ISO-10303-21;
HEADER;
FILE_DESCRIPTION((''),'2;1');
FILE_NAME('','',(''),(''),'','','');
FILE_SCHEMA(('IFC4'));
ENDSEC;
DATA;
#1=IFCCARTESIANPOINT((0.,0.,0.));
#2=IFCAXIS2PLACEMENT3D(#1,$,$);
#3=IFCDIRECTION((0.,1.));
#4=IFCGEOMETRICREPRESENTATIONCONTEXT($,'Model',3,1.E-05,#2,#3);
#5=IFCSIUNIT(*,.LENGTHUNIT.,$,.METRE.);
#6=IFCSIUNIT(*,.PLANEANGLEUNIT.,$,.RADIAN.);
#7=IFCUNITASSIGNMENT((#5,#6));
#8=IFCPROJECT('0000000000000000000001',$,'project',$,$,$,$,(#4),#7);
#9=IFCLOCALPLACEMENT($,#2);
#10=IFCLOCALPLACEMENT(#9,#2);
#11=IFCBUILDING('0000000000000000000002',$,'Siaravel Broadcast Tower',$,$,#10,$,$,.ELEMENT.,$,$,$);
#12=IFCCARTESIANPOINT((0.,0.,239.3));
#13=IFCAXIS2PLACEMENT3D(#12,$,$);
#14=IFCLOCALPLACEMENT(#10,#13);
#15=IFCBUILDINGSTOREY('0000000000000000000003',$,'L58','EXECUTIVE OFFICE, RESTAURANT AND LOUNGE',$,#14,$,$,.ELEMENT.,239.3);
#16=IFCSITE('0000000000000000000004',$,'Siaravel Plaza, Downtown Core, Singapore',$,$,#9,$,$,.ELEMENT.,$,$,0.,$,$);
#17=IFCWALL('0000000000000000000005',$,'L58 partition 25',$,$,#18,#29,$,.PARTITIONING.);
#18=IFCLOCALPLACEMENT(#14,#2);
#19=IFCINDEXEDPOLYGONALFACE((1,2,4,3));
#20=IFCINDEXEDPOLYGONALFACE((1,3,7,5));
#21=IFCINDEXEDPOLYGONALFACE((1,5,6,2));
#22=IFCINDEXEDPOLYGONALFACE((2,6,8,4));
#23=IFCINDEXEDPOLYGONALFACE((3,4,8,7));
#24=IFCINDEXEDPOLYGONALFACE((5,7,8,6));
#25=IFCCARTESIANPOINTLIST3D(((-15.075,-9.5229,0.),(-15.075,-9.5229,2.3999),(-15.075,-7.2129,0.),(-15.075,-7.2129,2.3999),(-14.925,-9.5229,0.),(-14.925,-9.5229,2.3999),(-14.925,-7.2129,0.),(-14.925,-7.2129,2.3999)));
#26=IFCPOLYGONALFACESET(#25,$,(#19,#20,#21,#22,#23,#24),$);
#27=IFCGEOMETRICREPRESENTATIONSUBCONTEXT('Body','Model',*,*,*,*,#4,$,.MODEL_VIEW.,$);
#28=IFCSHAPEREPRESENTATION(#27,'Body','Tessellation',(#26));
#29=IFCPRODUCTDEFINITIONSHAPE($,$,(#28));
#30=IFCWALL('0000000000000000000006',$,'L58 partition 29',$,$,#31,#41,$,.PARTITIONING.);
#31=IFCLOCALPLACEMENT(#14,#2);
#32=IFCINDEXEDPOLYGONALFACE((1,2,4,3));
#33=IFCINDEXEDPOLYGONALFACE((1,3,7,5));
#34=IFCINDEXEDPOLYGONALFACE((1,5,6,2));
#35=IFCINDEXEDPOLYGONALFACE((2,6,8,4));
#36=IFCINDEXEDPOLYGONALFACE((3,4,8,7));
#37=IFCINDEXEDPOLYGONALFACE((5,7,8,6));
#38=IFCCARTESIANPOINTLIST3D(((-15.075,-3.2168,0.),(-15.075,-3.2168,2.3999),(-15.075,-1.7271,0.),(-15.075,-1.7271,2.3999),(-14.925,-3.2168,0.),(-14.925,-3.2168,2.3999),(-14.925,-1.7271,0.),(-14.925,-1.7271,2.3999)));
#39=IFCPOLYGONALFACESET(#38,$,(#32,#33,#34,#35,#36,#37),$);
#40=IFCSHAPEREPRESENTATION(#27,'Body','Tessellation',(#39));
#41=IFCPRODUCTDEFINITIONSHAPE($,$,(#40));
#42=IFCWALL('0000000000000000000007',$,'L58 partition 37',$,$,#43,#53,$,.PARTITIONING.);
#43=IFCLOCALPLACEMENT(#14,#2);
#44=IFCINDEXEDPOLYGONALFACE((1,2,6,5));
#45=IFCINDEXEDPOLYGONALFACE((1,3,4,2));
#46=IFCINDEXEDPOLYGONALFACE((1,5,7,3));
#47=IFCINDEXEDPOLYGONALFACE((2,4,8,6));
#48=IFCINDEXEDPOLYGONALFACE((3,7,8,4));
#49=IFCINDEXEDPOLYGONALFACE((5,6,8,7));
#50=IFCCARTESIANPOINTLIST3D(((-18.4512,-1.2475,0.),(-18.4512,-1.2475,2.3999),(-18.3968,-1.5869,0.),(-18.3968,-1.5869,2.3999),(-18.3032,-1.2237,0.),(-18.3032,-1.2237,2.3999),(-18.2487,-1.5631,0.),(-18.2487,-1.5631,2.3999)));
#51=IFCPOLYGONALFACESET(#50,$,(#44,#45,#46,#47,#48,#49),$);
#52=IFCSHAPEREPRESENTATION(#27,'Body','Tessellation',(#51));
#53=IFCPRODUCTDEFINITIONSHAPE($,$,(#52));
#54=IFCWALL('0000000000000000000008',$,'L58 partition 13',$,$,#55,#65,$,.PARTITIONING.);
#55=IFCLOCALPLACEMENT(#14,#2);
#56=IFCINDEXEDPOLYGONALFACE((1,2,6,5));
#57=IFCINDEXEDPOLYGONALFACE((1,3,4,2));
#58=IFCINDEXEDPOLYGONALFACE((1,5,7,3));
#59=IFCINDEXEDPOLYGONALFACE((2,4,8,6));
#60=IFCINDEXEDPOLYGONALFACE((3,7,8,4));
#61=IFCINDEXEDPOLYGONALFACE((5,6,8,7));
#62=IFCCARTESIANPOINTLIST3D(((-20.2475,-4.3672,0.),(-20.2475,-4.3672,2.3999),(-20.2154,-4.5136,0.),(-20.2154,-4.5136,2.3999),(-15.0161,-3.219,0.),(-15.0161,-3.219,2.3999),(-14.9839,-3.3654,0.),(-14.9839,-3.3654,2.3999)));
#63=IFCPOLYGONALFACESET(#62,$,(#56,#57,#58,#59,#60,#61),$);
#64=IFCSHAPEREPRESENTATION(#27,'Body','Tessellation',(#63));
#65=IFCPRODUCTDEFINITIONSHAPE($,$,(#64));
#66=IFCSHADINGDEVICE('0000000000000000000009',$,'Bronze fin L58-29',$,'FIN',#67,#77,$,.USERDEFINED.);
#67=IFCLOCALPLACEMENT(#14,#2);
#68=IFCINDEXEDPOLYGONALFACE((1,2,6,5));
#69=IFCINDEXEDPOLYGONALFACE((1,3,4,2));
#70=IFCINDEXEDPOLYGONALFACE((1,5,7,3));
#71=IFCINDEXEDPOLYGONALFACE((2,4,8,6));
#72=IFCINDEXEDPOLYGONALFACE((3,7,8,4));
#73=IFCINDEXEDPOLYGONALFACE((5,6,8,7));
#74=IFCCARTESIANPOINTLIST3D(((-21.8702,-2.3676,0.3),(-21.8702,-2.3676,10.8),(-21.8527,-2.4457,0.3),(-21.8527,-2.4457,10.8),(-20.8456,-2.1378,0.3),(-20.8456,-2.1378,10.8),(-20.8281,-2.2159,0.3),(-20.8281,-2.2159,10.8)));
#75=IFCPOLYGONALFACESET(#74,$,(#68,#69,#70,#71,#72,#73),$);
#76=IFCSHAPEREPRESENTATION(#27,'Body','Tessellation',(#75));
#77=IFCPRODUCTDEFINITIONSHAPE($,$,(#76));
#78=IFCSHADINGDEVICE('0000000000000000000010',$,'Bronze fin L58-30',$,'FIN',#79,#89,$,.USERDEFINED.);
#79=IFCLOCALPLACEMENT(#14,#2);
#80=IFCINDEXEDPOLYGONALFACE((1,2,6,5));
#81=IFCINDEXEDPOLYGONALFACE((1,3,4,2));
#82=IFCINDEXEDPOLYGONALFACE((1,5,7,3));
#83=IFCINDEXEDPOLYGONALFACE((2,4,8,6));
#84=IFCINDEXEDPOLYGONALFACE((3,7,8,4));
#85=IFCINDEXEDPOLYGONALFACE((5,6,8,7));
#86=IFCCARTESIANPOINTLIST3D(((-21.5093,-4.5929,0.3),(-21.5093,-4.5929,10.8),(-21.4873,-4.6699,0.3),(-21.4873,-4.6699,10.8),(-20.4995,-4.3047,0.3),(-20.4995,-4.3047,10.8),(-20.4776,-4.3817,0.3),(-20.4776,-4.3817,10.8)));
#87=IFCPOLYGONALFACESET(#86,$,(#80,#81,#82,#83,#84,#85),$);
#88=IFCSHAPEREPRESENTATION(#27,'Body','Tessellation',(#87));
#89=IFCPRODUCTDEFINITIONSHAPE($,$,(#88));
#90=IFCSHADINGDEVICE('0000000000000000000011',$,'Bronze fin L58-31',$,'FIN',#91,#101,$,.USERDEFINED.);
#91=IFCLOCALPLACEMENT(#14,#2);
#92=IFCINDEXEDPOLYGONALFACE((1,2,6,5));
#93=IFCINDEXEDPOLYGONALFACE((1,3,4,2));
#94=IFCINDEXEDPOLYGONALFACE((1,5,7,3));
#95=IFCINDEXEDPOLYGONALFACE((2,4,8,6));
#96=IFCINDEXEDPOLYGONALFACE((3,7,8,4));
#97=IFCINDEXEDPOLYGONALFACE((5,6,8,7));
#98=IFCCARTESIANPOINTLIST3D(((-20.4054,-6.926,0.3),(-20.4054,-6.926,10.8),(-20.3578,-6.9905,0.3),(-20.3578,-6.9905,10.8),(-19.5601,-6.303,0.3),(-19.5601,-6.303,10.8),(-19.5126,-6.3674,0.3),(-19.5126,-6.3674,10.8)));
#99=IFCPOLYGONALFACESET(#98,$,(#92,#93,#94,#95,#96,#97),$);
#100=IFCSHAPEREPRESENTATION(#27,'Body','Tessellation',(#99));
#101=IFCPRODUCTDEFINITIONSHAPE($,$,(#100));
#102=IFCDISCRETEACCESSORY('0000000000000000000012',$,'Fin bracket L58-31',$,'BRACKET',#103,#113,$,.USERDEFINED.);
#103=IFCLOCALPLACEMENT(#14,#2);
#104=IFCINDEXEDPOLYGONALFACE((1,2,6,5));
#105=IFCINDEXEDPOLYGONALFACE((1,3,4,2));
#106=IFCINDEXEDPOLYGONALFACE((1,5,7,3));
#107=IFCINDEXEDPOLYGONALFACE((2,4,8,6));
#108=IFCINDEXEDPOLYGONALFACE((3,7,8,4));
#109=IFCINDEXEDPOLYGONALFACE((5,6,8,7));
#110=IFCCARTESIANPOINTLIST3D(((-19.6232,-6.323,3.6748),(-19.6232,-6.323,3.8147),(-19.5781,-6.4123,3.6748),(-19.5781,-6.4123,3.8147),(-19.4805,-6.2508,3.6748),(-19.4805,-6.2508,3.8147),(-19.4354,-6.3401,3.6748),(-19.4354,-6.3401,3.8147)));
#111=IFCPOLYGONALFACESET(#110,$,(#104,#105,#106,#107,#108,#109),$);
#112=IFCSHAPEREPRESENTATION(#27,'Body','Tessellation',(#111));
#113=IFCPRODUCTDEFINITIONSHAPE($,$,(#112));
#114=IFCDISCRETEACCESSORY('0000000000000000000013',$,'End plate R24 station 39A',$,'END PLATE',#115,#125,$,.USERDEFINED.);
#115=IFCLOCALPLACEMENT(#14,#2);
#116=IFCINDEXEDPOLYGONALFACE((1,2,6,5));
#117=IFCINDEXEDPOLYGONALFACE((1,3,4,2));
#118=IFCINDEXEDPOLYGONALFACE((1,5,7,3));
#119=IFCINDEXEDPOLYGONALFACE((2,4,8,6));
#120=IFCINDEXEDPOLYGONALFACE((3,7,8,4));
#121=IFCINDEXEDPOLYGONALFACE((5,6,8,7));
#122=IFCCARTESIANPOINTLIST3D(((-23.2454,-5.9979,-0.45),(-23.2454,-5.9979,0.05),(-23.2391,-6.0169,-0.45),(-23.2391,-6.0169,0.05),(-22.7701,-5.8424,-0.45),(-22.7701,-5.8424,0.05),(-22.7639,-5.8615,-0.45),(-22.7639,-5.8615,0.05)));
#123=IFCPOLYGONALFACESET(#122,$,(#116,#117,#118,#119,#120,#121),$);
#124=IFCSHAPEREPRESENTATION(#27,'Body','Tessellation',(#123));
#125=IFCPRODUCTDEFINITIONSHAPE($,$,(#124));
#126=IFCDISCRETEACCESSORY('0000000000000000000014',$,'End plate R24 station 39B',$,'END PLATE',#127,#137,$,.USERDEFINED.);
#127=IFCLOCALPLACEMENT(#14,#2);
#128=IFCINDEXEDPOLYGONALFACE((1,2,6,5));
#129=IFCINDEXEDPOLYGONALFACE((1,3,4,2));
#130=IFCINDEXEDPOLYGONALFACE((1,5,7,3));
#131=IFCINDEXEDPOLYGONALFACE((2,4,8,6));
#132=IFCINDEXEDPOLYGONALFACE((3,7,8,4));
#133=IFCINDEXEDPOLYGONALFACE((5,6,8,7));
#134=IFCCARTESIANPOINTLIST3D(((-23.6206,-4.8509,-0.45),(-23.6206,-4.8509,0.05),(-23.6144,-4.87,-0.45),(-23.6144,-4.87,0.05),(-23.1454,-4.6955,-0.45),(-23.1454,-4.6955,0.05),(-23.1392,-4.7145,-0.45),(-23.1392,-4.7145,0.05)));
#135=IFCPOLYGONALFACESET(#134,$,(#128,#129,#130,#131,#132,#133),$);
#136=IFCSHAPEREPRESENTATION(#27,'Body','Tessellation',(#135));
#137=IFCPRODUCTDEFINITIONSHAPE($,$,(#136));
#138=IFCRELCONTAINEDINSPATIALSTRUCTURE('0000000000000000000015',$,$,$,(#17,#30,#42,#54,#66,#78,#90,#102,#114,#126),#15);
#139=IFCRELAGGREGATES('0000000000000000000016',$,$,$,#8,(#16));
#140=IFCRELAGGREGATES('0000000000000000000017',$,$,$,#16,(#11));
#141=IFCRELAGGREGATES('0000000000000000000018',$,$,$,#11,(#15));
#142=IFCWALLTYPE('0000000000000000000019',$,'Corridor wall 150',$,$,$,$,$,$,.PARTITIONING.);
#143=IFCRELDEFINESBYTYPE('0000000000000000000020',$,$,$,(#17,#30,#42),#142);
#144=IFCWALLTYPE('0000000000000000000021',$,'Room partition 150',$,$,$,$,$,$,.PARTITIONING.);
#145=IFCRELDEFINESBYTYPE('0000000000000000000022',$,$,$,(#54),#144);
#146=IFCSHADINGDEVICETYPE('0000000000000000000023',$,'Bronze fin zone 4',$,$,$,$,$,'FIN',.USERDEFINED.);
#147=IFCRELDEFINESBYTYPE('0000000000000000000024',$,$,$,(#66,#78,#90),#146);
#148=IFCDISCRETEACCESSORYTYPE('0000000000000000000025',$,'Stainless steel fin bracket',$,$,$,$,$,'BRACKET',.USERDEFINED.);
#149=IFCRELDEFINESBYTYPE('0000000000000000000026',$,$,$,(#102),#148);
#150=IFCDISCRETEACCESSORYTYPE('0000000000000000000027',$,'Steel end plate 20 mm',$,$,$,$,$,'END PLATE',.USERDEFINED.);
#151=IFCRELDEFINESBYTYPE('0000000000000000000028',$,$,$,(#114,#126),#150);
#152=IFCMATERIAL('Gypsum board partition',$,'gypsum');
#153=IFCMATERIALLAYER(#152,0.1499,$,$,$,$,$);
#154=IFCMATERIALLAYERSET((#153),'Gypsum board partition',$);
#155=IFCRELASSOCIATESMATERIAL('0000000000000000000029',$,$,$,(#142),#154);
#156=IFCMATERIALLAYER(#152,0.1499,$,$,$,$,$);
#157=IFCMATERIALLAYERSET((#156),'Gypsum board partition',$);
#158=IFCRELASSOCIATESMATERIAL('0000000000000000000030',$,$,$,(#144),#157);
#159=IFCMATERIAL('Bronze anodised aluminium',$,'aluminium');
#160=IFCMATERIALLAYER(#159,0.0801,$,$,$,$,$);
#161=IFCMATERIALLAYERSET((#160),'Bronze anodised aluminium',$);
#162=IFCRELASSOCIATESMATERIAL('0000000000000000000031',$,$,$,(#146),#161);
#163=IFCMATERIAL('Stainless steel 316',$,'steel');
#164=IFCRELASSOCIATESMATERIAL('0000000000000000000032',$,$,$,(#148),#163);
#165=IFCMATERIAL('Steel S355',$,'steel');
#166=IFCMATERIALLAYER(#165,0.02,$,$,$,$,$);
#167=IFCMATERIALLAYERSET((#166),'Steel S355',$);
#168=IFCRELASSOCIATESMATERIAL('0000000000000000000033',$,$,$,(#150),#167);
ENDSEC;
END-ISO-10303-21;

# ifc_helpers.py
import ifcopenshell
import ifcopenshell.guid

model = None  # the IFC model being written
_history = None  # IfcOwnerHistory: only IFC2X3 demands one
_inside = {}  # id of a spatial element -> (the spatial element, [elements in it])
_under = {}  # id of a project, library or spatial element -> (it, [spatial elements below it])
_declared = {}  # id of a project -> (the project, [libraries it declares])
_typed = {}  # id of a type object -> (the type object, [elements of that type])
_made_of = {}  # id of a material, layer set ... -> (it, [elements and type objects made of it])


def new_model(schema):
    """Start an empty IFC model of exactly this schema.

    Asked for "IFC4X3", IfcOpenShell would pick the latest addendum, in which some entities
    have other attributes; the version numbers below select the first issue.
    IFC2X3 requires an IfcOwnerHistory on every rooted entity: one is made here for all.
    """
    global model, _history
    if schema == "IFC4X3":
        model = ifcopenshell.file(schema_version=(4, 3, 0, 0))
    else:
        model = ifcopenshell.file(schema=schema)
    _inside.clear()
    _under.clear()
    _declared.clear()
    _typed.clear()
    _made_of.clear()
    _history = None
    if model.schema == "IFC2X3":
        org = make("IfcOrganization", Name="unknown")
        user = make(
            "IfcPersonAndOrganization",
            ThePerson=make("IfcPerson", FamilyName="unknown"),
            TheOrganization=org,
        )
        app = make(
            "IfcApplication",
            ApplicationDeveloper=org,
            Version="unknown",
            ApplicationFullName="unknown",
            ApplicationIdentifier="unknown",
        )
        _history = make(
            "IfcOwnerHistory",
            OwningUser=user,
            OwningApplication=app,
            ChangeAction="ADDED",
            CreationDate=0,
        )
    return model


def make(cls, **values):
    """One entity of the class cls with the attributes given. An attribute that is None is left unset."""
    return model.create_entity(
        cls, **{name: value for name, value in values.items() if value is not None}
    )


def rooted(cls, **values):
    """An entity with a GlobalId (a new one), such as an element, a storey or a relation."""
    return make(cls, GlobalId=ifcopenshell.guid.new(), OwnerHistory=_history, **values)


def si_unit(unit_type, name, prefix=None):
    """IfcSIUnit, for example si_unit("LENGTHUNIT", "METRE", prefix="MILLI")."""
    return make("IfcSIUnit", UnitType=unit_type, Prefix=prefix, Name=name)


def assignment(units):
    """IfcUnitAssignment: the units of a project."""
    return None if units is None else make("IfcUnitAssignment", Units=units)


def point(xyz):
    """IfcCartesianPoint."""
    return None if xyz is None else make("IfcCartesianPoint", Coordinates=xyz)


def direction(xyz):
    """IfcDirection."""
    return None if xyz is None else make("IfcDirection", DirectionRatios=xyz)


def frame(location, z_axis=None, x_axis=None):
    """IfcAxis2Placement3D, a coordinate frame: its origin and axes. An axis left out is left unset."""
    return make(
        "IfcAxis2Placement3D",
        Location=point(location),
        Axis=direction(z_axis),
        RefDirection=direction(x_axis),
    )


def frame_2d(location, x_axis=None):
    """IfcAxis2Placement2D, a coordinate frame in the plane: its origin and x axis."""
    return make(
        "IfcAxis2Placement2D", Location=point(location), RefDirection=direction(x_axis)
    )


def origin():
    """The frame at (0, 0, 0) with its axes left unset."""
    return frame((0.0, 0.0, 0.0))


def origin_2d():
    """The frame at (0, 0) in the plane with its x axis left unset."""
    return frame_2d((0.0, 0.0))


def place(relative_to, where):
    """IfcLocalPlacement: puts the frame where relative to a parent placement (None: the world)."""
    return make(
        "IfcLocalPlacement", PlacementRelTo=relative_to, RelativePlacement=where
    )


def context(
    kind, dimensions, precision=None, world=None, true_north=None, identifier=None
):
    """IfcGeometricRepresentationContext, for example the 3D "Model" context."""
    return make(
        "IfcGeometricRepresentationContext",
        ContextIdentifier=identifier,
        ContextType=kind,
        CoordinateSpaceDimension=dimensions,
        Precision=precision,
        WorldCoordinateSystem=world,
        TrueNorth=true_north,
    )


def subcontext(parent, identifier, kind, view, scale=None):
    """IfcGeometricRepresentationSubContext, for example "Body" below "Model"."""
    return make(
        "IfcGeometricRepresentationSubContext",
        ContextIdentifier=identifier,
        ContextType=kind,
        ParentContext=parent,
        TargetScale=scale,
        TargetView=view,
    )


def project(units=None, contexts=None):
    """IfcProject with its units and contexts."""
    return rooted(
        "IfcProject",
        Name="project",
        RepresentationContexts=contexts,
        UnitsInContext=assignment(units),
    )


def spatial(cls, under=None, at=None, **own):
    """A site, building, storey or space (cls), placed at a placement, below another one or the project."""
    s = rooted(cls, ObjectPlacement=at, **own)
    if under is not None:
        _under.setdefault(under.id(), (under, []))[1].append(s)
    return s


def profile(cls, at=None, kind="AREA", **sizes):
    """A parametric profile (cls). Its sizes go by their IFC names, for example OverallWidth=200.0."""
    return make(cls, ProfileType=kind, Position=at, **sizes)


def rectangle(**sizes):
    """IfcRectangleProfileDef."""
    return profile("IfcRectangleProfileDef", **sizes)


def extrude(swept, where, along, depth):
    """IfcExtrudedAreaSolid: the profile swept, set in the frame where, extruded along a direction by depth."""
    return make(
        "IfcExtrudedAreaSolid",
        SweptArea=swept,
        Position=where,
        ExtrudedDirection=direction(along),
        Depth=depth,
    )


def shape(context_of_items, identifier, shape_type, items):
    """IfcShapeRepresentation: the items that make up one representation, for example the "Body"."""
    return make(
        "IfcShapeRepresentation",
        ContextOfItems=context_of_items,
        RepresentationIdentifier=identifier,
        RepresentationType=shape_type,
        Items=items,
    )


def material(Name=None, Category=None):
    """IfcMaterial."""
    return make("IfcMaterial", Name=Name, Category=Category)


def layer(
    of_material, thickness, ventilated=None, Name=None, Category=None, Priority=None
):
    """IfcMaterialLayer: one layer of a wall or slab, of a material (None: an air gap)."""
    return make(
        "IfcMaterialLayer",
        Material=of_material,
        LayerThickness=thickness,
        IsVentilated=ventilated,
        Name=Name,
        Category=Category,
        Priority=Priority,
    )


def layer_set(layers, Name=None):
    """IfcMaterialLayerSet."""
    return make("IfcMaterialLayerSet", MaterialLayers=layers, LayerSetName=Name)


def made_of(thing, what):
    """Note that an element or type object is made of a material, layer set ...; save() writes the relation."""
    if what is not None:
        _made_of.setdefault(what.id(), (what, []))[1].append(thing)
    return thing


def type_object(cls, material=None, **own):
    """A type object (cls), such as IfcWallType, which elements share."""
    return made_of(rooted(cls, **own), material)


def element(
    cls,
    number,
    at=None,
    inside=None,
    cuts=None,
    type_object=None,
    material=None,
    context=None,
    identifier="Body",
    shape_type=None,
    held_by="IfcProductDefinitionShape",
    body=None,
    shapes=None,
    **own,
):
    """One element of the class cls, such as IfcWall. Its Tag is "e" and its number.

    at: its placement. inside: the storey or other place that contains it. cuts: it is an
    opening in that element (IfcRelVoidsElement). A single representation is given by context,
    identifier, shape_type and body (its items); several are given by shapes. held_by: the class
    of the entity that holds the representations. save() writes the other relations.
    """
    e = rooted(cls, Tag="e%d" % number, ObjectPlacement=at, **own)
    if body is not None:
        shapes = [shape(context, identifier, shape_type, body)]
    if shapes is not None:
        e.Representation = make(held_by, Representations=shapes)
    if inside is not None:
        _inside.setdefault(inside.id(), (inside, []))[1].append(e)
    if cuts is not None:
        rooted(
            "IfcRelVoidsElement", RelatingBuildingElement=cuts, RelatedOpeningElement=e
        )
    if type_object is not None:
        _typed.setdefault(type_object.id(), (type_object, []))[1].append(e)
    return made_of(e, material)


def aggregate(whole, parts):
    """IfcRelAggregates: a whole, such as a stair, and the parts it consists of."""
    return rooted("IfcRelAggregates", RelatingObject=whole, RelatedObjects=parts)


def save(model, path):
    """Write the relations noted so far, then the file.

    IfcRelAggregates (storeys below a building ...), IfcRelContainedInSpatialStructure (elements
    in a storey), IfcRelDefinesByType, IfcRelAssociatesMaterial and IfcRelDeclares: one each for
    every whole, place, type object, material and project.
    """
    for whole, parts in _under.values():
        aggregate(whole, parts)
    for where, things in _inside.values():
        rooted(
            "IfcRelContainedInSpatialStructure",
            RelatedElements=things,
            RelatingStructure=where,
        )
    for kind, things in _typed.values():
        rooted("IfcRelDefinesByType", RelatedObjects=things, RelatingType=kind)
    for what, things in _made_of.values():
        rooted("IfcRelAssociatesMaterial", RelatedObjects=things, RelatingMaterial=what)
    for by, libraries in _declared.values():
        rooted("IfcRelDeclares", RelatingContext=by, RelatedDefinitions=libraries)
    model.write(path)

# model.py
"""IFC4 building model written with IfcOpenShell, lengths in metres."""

from ifc_helpers import new_model, si_unit, direction, frame, frame_2d, origin, origin_2d, place, context, subcontext, project, spatial, rectangle, extrude, material, layer, layer_set, type_object, element, save


model = new_model("IFC4")

# Units and contexts
model_context = context("Model", 3, precision=1e-05, world=origin(), true_north=direction((0.0, 1.0)))
body_context = subcontext(model_context, "Body", "Model", "MODEL_VIEW")
ifc_project = project(units=[si_unit("LENGTHUNIT", "METRE"), si_unit("PLANEANGLEUNIT", "RADIAN")], contexts=[model_context])

# Site, building, storey
site_placement = place(None, origin())
site = spatial("IfcSite", under=ifc_project, at=site_placement, Name="Siaravel Plaza, Downtown Core, Singapore", CompositionType="ELEMENT", RefElevation=0.0)
building_placement = place(site_placement, origin())
building = spatial("IfcBuilding", under=site, at=building_placement, Name="Siaravel Broadcast Tower", CompositionType="ELEMENT")
storey_placement = place(building_placement, frame((0.0, 0.0, 239.3)))
storey = spatial("IfcBuildingStorey", under=building, at=storey_placement, Name="L58", Description="EXECUTIVE OFFICE, RESTAURANT AND LOUNGE", CompositionType="ELEMENT", Elevation=239.3)

# Shared definitions
ifc_material_1 = material(Name="Steel S355", Category="steel")

# Shared definitions
ifc_material_2 = material(Name="Gypsum board partition", Category="gypsum")
ifc_layer_1 = layer(ifc_material_2, 0.1499)
ifc_layer_set_1 = layer_set([ifc_layer_1], Name="Gypsum board partition")
wall_type_1 = type_object("IfcWallType", Name="Corridor wall 150", PredefinedType="PARTITIONING", material=ifc_layer_set_1)

# Walls
wall_1_placement = place(storey_placement, frame((-15.0, -7.2129, 0.0), z_axis=(0.0, 0.0, 1.0), x_axis=(0.0, -1.0, 0.0)))
element("IfcWall", 1, at=wall_1_placement, inside=storey, type_object=wall_type_1, Name="L58 partition 25", PredefinedType="PARTITIONING", context=body_context, shape_type="SweptSolid", body=[
    extrude(rectangle(XDim=2.3101, YDim=0.1499, at=frame_2d((1.155, 0.0))), origin(), (0.0, 0.0, 1.0), 2.3999),
])
wall_2_placement = place(storey_placement, frame((-15.0, -1.7271, 0.0), z_axis=(0.0, 0.0, 1.0), x_axis=(0.0, -1.0, 0.0)))
element("IfcWall", 2, at=wall_2_placement, inside=storey, type_object=wall_type_1, Name="L58 partition 29", PredefinedType="PARTITIONING", context=body_context, shape_type="SweptSolid", body=[
    extrude(rectangle(XDim=1.4897, YDim=0.1499, at=frame_2d((0.7449, 0.0))), origin(), (0.0, 0.0, 1.0), 2.3999),
])
wall_3_placement = place(storey_placement, frame((-18.3772, -1.2356, 0.0), z_axis=(0.0, 0.0, 1.0), x_axis=(0.158406, -0.987374, 0.0)))
element("IfcWall", 3, at=wall_3_placement, inside=storey, type_object=wall_type_1, Name="L58 partition 37", PredefinedType="PARTITIONING", context=body_context, shape_type="SweptSolid", body=[
    extrude(rectangle(XDim=0.3438, YDim=0.1499, at=frame_2d((0.1719, 0.0))), origin(), (0.0, 0.0, 1.0), 2.3999),
])
ifc_layer_2 = layer(ifc_material_2, 0.1499)
ifc_layer_set_2 = layer_set([ifc_layer_2], Name="Gypsum board partition")
wall_type_2 = type_object("IfcWallType", Name="Room partition 150", PredefinedType="PARTITIONING", material=ifc_layer_set_2)
wall_4_placement = place(storey_placement, frame((-20.2314, -4.4404, 0.0), z_axis=(0.0, 0.0, 1.0), x_axis=(0.976751, 0.214377, 0.0)))
element("IfcWall", 4, at=wall_4_placement, inside=storey, type_object=wall_type_2, Name="L58 partition 13", PredefinedType="PARTITIONING", context=body_context, shape_type="SweptSolid", body=[
    extrude(rectangle(XDim=5.356, YDim=0.1499, at=frame_2d((2.678, 0.0))), origin(), (0.0, 0.0, 1.0), 2.3999),
])

# Shading devices
ifc_material_3 = material(Name="Bronze anodised aluminium", Category="aluminium")
ifc_layer_3 = layer(ifc_material_3, 0.0801)
ifc_layer_set_3 = layer_set([ifc_layer_3], Name="Bronze anodised aluminium")
shading_device_type = type_object("IfcShadingDeviceType", Name="Bronze fin zone 4", ElementType="FIN", PredefinedType="USERDEFINED", material=ifc_layer_set_3)
for number, where, z_axis, x_axis, name in (
    (5, (-21.3491, -2.2917, 0.3), (0.0, 0.0, 1.0), (-0.975769, -0.218804, 0.0), "Bronze fin L58-29"),
    (6, (-20.9934, -4.4873, 0.3), (0.0, 0.0, 1.0), (-0.961614, -0.274404, 0.0), "Bronze fin L58-30"),
    (7, (-19.959, -6.6467, 0.3), (0.0, 0.0, 1.0), (-0.804942, -0.593353, 0.0), "Bronze fin L58-31"),
):
    element("IfcShadingDevice", number, at=place(storey_placement, frame(where, z_axis=z_axis, x_axis=x_axis)), inside=storey, type_object=shading_device_type, Name=name, ObjectType="FIN", PredefinedType="USERDEFINED", context=body_context, shape_type="SweptSolid", body=[
        extrude(rectangle(XDim=1.05, YDim=0.0801, at=origin_2d()), origin(), (0.0, 0.0, 1.0), 10.5),
    ])

# Discrete accessories
ifc_material_4 = material(Name="Stainless steel 316", Category="steel")
discrete_accessory_type_1 = type_object("IfcDiscreteAccessoryType", Name="Stainless steel fin bracket", ElementType="BRACKET", PredefinedType="USERDEFINED", material=ifc_material_4)
discrete_accessory_placement = place(storey_placement, frame((-19.5293, -6.3315, 3.6748), z_axis=(0.0, 0.0, 1.0), x_axis=(-0.892393, -0.451259, 0.0)))
element("IfcDiscreteAccessory", 8, at=discrete_accessory_placement, inside=storey, type_object=discrete_accessory_type_1, Name="Fin bracket L58-31", ObjectType="BRACKET", PredefinedType="USERDEFINED", context=body_context, shape_type="SweptSolid", body=[
    extrude(rectangle(XDim=0.1599, YDim=0.1001, at=origin_2d()), origin(), (0.0, 0.0, 1.0), 0.1399),
])
ifc_layer_4 = layer(ifc_material_1, 0.02)
ifc_layer_set_4 = layer_set([ifc_layer_4], Name="Steel S355")
discrete_accessory_type_2 = type_object("IfcDiscreteAccessoryType", Name="Steel end plate 20 mm", ElementType="END PLATE", PredefinedType="USERDEFINED", material=ifc_layer_set_4)
for number, where, z_axis, x_axis, name in (
    (9, (-23.0046, -5.9297, -0.45), (0.0, 0.0, 1.0), (0.310909, -0.95044, 0.0), "End plate R24 station 39A"),
    (10, (-23.3799, -4.7827, -0.45), (0.0, 0.0, 1.0), (0.310909, -0.95044, 0.0), "End plate R24 station 39B"),
):
    element("IfcDiscreteAccessory", number, at=place(storey_placement, frame(where, z_axis=z_axis, x_axis=x_axis)), inside=storey, type_object=discrete_accessory_type_2, Name=name, ObjectType="END PLATE", PredefinedType="USERDEFINED", context=body_context, shape_type="SweptSolid", body=[
        extrude(rectangle(XDim=0.02, YDim=0.5, at=origin_2d()), origin(), (0.0, 0.0, 1.0), 0.5),
    ])

save(model, "model.ifc")
